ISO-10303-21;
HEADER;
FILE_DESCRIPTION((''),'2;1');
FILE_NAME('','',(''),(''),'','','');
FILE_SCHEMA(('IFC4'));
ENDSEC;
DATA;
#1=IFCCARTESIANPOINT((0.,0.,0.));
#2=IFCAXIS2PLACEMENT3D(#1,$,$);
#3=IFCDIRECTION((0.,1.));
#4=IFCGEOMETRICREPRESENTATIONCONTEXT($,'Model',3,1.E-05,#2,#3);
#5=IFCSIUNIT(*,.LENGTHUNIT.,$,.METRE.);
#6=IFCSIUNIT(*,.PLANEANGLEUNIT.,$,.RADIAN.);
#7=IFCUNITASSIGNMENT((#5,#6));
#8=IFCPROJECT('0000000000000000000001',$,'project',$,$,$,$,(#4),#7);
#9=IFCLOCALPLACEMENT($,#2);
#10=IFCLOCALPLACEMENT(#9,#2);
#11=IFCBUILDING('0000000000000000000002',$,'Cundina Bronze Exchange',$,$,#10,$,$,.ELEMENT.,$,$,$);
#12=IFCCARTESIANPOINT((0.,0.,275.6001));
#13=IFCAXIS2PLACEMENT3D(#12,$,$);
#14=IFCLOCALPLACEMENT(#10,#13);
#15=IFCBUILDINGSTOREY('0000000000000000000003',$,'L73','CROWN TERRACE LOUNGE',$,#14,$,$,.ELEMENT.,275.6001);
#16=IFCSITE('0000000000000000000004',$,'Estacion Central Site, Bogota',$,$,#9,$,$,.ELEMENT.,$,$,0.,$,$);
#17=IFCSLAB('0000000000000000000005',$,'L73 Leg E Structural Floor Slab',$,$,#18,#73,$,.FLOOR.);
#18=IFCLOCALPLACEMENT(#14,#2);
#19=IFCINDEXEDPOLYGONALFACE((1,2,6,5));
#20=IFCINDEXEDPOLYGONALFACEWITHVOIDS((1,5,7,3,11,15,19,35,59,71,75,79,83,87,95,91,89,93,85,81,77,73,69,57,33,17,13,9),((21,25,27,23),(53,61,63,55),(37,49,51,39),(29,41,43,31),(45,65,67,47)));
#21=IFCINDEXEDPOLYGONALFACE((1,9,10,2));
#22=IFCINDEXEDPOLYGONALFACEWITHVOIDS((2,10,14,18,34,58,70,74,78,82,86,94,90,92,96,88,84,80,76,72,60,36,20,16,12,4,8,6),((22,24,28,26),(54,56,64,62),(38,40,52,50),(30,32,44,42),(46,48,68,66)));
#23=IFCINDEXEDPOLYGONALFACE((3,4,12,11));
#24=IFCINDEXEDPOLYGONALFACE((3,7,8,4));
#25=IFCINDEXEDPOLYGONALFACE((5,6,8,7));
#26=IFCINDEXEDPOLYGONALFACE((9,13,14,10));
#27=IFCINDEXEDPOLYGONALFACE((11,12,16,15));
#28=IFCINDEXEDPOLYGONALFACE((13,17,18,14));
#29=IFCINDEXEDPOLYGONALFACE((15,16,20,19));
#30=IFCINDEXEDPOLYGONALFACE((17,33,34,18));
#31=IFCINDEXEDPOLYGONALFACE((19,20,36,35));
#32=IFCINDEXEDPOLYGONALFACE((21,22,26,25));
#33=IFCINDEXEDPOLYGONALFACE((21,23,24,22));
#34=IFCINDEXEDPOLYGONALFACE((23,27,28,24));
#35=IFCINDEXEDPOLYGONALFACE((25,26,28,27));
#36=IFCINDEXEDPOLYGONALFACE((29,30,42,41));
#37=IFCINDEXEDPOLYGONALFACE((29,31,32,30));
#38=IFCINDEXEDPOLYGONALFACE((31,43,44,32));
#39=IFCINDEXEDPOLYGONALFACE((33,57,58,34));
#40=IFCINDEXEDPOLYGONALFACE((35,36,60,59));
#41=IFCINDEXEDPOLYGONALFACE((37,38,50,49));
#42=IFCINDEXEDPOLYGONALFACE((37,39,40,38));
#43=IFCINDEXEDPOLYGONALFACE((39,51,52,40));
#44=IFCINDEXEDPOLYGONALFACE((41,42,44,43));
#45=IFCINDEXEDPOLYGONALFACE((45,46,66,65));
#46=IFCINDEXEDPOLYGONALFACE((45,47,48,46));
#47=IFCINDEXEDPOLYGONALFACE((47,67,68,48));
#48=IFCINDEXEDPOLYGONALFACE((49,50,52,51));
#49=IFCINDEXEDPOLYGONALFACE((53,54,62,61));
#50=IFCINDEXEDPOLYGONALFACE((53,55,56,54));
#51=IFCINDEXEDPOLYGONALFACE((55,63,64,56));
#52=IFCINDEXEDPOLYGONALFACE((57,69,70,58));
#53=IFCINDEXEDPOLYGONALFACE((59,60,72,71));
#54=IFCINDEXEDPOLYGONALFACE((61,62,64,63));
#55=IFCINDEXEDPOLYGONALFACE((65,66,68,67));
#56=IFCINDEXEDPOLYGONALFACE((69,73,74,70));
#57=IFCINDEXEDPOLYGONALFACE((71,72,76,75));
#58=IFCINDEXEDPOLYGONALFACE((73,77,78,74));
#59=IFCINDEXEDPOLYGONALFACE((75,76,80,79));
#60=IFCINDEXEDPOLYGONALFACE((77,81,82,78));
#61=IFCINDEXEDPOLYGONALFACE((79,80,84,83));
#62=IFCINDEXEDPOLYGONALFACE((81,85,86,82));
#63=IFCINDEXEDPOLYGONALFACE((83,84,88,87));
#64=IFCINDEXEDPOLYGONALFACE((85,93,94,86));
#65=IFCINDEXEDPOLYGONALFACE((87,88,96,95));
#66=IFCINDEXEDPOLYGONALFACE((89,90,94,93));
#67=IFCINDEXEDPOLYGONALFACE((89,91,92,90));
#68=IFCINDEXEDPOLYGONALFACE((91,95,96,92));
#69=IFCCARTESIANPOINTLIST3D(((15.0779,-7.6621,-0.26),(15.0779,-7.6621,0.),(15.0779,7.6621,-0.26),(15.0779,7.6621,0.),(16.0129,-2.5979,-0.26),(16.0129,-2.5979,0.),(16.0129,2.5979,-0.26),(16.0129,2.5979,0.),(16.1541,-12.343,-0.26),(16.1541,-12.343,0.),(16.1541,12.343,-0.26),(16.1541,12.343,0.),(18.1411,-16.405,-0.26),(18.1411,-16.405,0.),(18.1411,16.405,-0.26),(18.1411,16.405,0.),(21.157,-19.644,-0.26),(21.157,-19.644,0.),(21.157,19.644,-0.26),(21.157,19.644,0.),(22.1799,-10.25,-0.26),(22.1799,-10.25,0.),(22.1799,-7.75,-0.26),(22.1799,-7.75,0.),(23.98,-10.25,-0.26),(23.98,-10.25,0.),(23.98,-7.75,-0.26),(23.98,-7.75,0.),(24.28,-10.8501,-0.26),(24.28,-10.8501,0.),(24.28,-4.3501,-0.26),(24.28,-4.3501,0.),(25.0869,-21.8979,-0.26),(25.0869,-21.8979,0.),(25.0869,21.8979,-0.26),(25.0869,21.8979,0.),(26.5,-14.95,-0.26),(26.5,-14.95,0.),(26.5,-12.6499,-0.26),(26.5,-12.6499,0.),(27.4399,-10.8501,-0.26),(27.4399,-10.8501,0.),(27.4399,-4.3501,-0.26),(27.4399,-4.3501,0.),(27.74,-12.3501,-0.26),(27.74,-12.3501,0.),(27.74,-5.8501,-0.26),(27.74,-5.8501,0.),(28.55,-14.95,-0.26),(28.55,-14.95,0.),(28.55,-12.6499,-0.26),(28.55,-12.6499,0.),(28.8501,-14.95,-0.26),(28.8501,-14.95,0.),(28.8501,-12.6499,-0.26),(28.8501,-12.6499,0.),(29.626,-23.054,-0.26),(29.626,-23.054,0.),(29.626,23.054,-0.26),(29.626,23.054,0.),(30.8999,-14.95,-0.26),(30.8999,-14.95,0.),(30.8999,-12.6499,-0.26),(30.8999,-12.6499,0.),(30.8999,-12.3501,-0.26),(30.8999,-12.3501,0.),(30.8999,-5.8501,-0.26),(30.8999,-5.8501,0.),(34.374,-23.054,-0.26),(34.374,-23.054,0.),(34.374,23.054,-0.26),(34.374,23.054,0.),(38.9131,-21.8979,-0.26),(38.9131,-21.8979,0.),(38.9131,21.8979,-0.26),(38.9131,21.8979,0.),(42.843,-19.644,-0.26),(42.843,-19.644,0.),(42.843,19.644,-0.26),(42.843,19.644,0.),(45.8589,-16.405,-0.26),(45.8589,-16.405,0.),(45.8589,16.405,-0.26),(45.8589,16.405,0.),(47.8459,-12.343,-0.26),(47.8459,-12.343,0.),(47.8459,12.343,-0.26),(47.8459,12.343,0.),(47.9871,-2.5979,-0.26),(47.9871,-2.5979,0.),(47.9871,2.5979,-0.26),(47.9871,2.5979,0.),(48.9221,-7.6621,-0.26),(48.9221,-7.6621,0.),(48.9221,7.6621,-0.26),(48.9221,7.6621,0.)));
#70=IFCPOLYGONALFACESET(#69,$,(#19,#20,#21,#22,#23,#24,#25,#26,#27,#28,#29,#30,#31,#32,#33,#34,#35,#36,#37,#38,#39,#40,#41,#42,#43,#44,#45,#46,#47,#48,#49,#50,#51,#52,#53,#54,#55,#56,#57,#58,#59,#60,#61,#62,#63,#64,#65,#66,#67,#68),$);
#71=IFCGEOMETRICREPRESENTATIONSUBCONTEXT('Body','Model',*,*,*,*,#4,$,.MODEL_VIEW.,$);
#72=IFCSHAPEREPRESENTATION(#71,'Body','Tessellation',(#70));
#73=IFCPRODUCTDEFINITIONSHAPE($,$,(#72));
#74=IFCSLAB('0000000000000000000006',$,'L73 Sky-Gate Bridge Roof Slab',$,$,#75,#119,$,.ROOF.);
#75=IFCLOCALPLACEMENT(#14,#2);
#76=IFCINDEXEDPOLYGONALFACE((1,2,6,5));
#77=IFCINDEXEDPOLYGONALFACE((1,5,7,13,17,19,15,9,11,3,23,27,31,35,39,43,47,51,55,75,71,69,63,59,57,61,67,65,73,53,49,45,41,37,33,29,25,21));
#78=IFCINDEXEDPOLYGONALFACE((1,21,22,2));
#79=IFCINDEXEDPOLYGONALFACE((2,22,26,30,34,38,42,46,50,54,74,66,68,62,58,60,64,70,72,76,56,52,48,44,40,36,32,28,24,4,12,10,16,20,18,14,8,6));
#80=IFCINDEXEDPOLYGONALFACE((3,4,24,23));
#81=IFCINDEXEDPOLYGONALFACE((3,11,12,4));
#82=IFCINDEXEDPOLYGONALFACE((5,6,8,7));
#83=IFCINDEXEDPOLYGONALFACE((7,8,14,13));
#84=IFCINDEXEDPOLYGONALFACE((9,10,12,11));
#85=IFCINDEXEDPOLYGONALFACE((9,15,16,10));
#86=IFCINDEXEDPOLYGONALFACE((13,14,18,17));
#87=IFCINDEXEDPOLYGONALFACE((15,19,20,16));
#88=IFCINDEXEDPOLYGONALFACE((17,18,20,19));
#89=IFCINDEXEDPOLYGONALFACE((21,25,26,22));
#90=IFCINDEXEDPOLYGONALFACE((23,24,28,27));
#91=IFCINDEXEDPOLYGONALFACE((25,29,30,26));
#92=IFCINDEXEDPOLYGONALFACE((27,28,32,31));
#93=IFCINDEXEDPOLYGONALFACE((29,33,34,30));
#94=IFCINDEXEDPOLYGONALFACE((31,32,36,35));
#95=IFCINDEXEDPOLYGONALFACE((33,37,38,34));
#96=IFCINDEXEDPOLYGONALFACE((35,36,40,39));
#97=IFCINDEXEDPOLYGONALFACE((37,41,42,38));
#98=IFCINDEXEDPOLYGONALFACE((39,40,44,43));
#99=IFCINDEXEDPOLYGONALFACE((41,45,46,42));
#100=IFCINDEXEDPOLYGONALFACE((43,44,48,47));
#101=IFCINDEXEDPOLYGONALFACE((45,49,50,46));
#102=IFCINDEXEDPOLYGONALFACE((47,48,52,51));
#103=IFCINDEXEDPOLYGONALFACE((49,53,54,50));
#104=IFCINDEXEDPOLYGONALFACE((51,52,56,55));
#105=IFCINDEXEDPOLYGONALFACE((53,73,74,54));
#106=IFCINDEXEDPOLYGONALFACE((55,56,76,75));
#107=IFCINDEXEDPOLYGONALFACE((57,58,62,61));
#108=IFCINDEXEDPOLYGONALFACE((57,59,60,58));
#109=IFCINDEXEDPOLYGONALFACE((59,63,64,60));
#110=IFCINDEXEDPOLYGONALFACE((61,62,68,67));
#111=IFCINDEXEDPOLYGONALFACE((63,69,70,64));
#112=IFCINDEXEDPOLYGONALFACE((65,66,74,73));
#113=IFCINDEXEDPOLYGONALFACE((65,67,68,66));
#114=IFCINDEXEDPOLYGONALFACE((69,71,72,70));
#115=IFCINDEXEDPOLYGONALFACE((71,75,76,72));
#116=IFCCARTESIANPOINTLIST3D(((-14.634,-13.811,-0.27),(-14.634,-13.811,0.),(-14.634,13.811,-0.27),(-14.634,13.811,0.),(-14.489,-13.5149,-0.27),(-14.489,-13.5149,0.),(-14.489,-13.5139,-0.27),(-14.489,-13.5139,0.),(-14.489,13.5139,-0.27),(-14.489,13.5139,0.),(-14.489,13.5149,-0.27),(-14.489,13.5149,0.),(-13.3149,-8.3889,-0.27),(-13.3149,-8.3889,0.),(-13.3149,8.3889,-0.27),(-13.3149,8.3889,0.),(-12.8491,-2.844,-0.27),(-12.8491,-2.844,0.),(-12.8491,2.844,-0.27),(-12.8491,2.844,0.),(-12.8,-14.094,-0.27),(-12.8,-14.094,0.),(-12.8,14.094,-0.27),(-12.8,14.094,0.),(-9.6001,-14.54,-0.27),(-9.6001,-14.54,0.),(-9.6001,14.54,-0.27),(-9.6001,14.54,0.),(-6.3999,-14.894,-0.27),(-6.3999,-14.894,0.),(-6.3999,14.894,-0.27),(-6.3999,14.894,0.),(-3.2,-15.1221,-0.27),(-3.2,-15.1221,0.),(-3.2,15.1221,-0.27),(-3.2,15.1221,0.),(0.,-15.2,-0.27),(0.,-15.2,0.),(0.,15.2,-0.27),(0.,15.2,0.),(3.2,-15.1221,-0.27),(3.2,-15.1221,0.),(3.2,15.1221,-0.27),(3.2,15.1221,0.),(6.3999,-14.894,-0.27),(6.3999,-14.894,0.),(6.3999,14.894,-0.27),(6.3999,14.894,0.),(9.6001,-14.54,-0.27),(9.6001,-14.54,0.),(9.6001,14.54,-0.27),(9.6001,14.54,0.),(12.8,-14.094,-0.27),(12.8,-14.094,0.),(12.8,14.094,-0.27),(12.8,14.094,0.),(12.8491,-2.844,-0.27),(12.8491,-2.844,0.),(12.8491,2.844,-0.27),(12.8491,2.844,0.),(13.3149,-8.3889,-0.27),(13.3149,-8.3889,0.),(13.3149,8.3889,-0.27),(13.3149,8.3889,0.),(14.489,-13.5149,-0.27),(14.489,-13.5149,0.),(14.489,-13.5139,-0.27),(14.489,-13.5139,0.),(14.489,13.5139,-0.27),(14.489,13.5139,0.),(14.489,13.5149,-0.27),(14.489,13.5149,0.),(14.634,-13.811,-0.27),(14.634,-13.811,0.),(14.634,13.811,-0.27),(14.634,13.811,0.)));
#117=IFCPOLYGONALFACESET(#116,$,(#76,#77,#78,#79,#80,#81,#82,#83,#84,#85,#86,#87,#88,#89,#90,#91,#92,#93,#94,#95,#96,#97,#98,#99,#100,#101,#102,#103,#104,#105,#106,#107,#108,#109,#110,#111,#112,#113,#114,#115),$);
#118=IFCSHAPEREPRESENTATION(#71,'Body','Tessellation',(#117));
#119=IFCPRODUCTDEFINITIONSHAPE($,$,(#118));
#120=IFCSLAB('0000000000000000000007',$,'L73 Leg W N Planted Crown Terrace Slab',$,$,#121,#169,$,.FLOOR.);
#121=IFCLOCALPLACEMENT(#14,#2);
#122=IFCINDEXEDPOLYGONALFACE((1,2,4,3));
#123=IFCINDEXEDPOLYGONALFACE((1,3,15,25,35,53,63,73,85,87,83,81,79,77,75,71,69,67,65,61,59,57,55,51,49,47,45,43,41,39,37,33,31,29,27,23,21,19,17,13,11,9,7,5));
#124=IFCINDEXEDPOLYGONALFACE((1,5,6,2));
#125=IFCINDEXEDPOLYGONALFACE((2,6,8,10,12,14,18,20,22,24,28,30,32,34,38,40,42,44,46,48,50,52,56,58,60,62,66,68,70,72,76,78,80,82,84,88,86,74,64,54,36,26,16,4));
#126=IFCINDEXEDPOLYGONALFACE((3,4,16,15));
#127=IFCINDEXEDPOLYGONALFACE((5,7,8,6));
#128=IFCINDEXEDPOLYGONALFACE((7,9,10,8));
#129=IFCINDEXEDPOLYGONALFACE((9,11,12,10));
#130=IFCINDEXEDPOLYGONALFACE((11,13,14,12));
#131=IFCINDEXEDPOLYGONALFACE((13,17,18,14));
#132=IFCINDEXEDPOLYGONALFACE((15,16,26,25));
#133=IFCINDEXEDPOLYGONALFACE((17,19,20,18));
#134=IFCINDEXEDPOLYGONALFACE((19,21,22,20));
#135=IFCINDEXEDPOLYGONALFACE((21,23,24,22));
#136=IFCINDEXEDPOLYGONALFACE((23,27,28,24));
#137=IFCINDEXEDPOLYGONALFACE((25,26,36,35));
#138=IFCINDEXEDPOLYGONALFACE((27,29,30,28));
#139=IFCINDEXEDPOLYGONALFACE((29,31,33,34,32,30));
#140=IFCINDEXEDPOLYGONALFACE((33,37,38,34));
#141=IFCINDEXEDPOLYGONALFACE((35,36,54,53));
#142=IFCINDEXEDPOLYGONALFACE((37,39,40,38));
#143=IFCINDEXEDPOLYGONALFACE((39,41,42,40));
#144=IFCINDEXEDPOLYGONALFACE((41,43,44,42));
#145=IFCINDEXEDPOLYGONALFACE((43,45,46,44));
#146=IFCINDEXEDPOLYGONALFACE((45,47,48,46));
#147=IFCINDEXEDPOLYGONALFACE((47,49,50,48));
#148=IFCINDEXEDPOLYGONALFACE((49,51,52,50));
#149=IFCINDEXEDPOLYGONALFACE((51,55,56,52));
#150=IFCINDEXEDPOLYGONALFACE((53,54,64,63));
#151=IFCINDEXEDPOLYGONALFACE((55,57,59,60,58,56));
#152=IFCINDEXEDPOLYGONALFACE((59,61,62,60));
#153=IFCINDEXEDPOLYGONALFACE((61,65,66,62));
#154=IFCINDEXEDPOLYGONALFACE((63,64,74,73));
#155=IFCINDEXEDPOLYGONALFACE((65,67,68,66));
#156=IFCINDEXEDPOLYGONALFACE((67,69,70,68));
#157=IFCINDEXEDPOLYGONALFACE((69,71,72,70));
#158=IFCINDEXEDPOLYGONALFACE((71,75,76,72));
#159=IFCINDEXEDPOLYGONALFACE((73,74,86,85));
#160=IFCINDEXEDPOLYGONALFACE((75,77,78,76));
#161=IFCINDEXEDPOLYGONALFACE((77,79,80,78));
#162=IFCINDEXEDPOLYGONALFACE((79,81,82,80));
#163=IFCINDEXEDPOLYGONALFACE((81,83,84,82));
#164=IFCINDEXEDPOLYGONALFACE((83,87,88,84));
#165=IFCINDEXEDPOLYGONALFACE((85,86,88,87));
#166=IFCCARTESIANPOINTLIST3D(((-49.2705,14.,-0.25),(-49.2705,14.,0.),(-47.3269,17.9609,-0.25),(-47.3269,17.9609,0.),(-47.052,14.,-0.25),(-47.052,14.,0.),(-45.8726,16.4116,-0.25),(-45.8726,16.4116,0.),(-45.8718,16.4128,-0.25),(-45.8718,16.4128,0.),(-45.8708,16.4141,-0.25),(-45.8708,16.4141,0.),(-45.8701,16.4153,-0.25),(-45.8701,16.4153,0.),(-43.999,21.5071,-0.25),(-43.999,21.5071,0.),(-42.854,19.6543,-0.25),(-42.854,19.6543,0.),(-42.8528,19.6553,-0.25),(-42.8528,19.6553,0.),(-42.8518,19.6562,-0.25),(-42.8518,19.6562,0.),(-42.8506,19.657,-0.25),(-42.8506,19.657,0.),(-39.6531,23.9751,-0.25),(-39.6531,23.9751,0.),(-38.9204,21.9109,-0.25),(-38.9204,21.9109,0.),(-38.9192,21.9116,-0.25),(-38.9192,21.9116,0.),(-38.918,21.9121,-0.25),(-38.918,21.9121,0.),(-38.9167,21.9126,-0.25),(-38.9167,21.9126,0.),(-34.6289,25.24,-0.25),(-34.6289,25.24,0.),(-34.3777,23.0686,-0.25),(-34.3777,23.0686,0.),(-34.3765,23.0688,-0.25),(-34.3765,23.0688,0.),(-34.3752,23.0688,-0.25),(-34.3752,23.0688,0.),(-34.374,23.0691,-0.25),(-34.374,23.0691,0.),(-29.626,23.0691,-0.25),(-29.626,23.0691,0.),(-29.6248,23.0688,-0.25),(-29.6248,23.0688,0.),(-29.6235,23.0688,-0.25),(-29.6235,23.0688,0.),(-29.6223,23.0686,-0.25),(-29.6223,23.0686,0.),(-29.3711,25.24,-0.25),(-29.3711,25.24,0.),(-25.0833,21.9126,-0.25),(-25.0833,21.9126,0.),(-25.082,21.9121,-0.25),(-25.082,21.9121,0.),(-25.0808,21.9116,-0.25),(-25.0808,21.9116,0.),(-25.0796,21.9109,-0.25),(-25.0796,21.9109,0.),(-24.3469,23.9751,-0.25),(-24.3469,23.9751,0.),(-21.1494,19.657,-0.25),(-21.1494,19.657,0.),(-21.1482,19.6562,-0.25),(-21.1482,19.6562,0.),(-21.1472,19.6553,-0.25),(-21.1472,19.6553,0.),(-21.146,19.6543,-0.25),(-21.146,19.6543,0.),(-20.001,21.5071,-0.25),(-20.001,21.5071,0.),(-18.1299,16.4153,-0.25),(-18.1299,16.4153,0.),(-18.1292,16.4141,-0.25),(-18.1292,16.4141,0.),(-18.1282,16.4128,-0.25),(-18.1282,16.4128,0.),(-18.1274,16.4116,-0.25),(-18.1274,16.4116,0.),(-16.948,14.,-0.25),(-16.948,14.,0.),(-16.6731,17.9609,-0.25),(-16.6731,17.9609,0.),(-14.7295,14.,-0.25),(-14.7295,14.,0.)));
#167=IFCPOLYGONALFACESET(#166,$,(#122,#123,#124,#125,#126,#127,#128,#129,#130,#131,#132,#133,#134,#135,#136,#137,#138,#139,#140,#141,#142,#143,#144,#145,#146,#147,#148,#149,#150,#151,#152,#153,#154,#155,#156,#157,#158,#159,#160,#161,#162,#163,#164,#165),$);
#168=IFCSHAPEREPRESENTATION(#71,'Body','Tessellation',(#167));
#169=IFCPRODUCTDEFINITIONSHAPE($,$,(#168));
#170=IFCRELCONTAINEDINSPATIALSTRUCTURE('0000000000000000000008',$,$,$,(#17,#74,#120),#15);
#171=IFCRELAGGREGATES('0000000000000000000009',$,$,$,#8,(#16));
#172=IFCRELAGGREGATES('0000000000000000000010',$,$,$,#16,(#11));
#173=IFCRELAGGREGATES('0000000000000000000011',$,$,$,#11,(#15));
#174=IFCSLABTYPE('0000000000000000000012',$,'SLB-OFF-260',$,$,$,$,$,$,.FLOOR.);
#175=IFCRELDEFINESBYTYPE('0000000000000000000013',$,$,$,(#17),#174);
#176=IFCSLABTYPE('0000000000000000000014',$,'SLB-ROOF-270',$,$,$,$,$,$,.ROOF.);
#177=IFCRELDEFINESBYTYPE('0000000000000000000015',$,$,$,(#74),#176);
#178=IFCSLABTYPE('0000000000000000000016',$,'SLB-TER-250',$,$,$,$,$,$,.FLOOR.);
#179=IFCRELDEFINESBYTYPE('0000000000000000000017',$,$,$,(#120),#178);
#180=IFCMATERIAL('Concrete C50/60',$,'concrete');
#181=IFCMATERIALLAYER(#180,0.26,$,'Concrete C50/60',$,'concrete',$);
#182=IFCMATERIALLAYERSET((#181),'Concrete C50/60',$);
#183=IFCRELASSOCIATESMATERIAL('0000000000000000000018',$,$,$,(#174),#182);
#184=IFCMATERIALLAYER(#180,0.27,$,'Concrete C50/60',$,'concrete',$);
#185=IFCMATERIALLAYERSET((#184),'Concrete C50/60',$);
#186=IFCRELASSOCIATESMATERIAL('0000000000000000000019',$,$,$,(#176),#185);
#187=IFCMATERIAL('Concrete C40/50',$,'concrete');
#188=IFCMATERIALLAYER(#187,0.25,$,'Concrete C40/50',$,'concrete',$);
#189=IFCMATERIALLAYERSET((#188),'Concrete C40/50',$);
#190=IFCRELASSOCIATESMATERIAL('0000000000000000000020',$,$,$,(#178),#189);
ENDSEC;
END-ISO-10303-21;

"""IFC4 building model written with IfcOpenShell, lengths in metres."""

from ifc_helpers import new_model, si_unit, direction, frame, origin, place, context, subcontext, project, spatial, polyline, outline, extrude, material, layer, layer_set, type_object, element, save


model = new_model("IFC4")

# Units and contexts
model_context = context("Model", 3, precision=1e-05, world=origin(), true_north=direction((0.0, 1.0)))
body_context = subcontext(model_context, "Body", "Model", "MODEL_VIEW")
ifc_project = project(units=[si_unit("LENGTHUNIT", "METRE"), si_unit("PLANEANGLEUNIT", "RADIAN")], contexts=[model_context])

# Site, building, storey
site_placement = place(None, origin())
site = spatial("IfcSite", under=ifc_project, at=site_placement, Name="Estacion Central Site, Bogota", CompositionType="ELEMENT", RefElevation=0.0)
building_placement = place(site_placement, origin())
building = spatial("IfcBuilding", under=site, at=building_placement, Name="Cundina Bronze Exchange", CompositionType="ELEMENT")
storey_placement = place(building_placement, frame((0.0, 0.0, 275.6001)))
storey = spatial("IfcBuildingStorey", under=building, at=storey_placement, Name="L73", Description="CROWN TERRACE LOUNGE", CompositionType="ELEMENT", Elevation=275.6001)

# Slabs
ifc_material_1 = material(Name="Concrete C50/60", Category="concrete")
ifc_layer_1 = layer(ifc_material_1, 0.26, Name="Concrete C50/60", Category="concrete")
ifc_layer_set_1 = layer_set([ifc_layer_1], Name="Concrete C50/60")
slab_type_1 = type_object("IfcSlabType", Name="SLB-OFF-260", PredefinedType="FLOOR", material=ifc_layer_set_1)
slab_1_placement = place(storey_placement, frame((0.0, 0.0, -0.26)))
element("IfcSlab", 1, at=slab_1_placement, inside=storey, type_object=slab_type_1, Name="L73 Leg E Structural Floor Slab", PredefinedType="FLOOR", context=body_context, shape_type="SweptSolid", body=[
    extrude(outline(polyline([(47.9871, 2.5979), (48.9221, 7.6621), (47.8459, 12.343), (45.8589, 16.405), (42.843, 19.644), (38.9131, 21.8979), (34.374, 23.054), (29.626, 23.054), (25.0869, 21.8979), (21.157, 19.644), (18.1411, 16.405), (16.1541, 12.343), (15.0779, 7.6621), (16.0129, 2.5979), (16.0129, -2.5979), (15.0779, -7.6621), (16.1541, -12.343), (18.1411, -16.405), (21.157, -19.644), (25.0869, -21.8979), (29.626, -23.054), (34.374, -23.054), (38.9131, -21.8979), (42.843, -19.644), (45.8589, -16.405), (47.8459, -12.343), (48.9221, -7.6621), (47.9871, -2.5979), (47.9871, 2.5979)]), holes=[polyline([(27.74, -5.8501), (27.74, -12.3501), (30.8999, -12.3501), (30.8999, -5.8501), (27.74, -5.8501)]), polyline([(27.4399, -10.8501), (27.4399, -4.3501), (24.28, -4.3501), (24.28, -10.8501), (27.4399, -10.8501)]), polyline([(22.1799, -7.75), (23.98, -7.75), (23.98, -10.25), (22.1799, -10.25), (22.1799, -7.75)]), polyline([(28.8501, -12.6499), (30.8999, -12.6499), (30.8999, -14.95), (28.8501, -14.95), (28.8501, -12.6499)]), polyline([(26.5, -12.6499), (28.55, -12.6499), (28.55, -14.95), (26.5, -14.95), (26.5, -12.6499)])]), origin(), (0.0, 0.0, 1.0), 0.26),
])
ifc_layer_2 = layer(ifc_material_1, 0.27, Name="Concrete C50/60", Category="concrete")
ifc_layer_set_2 = layer_set([ifc_layer_2], Name="Concrete C50/60")
slab_type_2 = type_object("IfcSlabType", Name="SLB-ROOF-270", PredefinedType="ROOF", material=ifc_layer_set_2)
slab_2_placement = place(storey_placement, frame((0.0, 0.0, -0.27)))
element("IfcSlab", 2, at=slab_2_placement, inside=storey, type_object=slab_type_2, Name="L73 Sky-Gate Bridge Roof Slab", PredefinedType="ROOF", context=body_context, shape_type="SweptSolid", body=[
    extrude(outline(polyline([(12.8, -14.094), (9.6001, -14.54), (6.3999, -14.894), (3.2, -15.1221), (0.0, -15.2), (-3.2, -15.1221), (-6.3999, -14.894), (-9.6001, -14.54), (-12.8, -14.094), (-14.634, -13.811), (-14.489, -13.5149), (-14.489, -13.5149), (-14.489, -13.5139), (-13.3149, -8.3889), (-13.3149, -8.3889), (-12.8491, -2.844), (-12.8491, -2.844), (-12.8491, 2.844), (-12.8491, 2.844), (-13.3149, 8.3889), (-13.3149, 8.3889), (-14.489, 13.5139), (-14.489, 13.5149), (-14.489, 13.5149), (-14.634, 13.811), (-12.8, 14.094), (-9.6001, 14.54), (-6.3999, 14.894), (-3.2, 15.1221), (0.0, 15.2), (3.2, 15.1221), (6.3999, 14.894), (9.6001, 14.54), (12.8, 14.094), (14.634, 13.811), (14.489, 13.5149), (14.489, 13.5149), (14.489, 13.5139), (13.3149, 8.3889), (13.3149, 8.3889), (12.8491, 2.844), (12.8491, 2.844), (12.8491, -2.844), (12.8491, -2.844), (13.3149, -8.3889), (13.3149, -8.3889), (14.489, -13.5139), (14.489, -13.5149), (14.489, -13.5149), (14.634, -13.811), (12.8, -14.094)])), origin(), (0.0, 0.0, 1.0), 0.27),
])
ifc_material_2 = material(Name="Concrete C40/50", Category="concrete")
ifc_layer_3 = layer(ifc_material_2, 0.25, Name="Concrete C40/50", Category="concrete")
ifc_layer_set_3 = layer_set([ifc_layer_3], Name="Concrete C40/50")
slab_type_3 = type_object("IfcSlabType", Name="SLB-TER-250", PredefinedType="FLOOR", material=ifc_layer_set_3)
slab_3_placement = place(storey_placement, frame((0.0, 0.0, -0.25)))
element("IfcSlab", 3, at=slab_3_placement, inside=storey, type_object=slab_type_3, Name="L73 Leg W N Planted Crown Terrace Slab", PredefinedType="FLOOR", context=body_context, shape_type="SweptSolid", body=[
    extrude(outline(polyline([(-47.3269, 17.9609), (-43.999, 21.5071), (-39.6531, 23.9751), (-34.6289, 25.24), (-29.3711, 25.24), (-24.3469, 23.9751), (-20.001, 21.5071), (-16.6731, 17.9609), (-14.7295, 14.0), (-16.948, 14.0), (-18.1274, 16.4116), (-18.1282, 16.4128), (-18.1292, 16.4141), (-18.1299, 16.4153), (-21.146, 19.6543), (-21.1472, 19.6553), (-21.1482, 19.6562), (-21.1494, 19.657), (-25.0796, 21.9109), (-25.0808, 21.9116), (-25.082, 21.9121), (-25.0833, 21.9126), (-29.6223, 23.0686), (-29.6235, 23.0688), (-29.6248, 23.0688), (-29.626, 23.0691), (-34.374, 23.0691), (-34.3752, 23.0688), (-34.3765, 23.0688), (-34.3777, 23.0686), (-38.9167, 21.9126), (-38.918, 21.9121), (-38.9192, 21.9116), (-38.9204, 21.9109), (-42.8506, 19.657), (-42.8518, 19.6562), (-42.8528, 19.6553), (-42.854, 19.6543), (-45.8701, 16.4153), (-45.8708, 16.4141), (-45.8718, 16.4128), (-45.8726, 16.4116), (-47.052, 14.0), (-49.2705, 14.0), (-47.3269, 17.9609)])), origin(), (0.0, 0.0, 1.0), 0.25),
])

save(model, "model.ifc")
